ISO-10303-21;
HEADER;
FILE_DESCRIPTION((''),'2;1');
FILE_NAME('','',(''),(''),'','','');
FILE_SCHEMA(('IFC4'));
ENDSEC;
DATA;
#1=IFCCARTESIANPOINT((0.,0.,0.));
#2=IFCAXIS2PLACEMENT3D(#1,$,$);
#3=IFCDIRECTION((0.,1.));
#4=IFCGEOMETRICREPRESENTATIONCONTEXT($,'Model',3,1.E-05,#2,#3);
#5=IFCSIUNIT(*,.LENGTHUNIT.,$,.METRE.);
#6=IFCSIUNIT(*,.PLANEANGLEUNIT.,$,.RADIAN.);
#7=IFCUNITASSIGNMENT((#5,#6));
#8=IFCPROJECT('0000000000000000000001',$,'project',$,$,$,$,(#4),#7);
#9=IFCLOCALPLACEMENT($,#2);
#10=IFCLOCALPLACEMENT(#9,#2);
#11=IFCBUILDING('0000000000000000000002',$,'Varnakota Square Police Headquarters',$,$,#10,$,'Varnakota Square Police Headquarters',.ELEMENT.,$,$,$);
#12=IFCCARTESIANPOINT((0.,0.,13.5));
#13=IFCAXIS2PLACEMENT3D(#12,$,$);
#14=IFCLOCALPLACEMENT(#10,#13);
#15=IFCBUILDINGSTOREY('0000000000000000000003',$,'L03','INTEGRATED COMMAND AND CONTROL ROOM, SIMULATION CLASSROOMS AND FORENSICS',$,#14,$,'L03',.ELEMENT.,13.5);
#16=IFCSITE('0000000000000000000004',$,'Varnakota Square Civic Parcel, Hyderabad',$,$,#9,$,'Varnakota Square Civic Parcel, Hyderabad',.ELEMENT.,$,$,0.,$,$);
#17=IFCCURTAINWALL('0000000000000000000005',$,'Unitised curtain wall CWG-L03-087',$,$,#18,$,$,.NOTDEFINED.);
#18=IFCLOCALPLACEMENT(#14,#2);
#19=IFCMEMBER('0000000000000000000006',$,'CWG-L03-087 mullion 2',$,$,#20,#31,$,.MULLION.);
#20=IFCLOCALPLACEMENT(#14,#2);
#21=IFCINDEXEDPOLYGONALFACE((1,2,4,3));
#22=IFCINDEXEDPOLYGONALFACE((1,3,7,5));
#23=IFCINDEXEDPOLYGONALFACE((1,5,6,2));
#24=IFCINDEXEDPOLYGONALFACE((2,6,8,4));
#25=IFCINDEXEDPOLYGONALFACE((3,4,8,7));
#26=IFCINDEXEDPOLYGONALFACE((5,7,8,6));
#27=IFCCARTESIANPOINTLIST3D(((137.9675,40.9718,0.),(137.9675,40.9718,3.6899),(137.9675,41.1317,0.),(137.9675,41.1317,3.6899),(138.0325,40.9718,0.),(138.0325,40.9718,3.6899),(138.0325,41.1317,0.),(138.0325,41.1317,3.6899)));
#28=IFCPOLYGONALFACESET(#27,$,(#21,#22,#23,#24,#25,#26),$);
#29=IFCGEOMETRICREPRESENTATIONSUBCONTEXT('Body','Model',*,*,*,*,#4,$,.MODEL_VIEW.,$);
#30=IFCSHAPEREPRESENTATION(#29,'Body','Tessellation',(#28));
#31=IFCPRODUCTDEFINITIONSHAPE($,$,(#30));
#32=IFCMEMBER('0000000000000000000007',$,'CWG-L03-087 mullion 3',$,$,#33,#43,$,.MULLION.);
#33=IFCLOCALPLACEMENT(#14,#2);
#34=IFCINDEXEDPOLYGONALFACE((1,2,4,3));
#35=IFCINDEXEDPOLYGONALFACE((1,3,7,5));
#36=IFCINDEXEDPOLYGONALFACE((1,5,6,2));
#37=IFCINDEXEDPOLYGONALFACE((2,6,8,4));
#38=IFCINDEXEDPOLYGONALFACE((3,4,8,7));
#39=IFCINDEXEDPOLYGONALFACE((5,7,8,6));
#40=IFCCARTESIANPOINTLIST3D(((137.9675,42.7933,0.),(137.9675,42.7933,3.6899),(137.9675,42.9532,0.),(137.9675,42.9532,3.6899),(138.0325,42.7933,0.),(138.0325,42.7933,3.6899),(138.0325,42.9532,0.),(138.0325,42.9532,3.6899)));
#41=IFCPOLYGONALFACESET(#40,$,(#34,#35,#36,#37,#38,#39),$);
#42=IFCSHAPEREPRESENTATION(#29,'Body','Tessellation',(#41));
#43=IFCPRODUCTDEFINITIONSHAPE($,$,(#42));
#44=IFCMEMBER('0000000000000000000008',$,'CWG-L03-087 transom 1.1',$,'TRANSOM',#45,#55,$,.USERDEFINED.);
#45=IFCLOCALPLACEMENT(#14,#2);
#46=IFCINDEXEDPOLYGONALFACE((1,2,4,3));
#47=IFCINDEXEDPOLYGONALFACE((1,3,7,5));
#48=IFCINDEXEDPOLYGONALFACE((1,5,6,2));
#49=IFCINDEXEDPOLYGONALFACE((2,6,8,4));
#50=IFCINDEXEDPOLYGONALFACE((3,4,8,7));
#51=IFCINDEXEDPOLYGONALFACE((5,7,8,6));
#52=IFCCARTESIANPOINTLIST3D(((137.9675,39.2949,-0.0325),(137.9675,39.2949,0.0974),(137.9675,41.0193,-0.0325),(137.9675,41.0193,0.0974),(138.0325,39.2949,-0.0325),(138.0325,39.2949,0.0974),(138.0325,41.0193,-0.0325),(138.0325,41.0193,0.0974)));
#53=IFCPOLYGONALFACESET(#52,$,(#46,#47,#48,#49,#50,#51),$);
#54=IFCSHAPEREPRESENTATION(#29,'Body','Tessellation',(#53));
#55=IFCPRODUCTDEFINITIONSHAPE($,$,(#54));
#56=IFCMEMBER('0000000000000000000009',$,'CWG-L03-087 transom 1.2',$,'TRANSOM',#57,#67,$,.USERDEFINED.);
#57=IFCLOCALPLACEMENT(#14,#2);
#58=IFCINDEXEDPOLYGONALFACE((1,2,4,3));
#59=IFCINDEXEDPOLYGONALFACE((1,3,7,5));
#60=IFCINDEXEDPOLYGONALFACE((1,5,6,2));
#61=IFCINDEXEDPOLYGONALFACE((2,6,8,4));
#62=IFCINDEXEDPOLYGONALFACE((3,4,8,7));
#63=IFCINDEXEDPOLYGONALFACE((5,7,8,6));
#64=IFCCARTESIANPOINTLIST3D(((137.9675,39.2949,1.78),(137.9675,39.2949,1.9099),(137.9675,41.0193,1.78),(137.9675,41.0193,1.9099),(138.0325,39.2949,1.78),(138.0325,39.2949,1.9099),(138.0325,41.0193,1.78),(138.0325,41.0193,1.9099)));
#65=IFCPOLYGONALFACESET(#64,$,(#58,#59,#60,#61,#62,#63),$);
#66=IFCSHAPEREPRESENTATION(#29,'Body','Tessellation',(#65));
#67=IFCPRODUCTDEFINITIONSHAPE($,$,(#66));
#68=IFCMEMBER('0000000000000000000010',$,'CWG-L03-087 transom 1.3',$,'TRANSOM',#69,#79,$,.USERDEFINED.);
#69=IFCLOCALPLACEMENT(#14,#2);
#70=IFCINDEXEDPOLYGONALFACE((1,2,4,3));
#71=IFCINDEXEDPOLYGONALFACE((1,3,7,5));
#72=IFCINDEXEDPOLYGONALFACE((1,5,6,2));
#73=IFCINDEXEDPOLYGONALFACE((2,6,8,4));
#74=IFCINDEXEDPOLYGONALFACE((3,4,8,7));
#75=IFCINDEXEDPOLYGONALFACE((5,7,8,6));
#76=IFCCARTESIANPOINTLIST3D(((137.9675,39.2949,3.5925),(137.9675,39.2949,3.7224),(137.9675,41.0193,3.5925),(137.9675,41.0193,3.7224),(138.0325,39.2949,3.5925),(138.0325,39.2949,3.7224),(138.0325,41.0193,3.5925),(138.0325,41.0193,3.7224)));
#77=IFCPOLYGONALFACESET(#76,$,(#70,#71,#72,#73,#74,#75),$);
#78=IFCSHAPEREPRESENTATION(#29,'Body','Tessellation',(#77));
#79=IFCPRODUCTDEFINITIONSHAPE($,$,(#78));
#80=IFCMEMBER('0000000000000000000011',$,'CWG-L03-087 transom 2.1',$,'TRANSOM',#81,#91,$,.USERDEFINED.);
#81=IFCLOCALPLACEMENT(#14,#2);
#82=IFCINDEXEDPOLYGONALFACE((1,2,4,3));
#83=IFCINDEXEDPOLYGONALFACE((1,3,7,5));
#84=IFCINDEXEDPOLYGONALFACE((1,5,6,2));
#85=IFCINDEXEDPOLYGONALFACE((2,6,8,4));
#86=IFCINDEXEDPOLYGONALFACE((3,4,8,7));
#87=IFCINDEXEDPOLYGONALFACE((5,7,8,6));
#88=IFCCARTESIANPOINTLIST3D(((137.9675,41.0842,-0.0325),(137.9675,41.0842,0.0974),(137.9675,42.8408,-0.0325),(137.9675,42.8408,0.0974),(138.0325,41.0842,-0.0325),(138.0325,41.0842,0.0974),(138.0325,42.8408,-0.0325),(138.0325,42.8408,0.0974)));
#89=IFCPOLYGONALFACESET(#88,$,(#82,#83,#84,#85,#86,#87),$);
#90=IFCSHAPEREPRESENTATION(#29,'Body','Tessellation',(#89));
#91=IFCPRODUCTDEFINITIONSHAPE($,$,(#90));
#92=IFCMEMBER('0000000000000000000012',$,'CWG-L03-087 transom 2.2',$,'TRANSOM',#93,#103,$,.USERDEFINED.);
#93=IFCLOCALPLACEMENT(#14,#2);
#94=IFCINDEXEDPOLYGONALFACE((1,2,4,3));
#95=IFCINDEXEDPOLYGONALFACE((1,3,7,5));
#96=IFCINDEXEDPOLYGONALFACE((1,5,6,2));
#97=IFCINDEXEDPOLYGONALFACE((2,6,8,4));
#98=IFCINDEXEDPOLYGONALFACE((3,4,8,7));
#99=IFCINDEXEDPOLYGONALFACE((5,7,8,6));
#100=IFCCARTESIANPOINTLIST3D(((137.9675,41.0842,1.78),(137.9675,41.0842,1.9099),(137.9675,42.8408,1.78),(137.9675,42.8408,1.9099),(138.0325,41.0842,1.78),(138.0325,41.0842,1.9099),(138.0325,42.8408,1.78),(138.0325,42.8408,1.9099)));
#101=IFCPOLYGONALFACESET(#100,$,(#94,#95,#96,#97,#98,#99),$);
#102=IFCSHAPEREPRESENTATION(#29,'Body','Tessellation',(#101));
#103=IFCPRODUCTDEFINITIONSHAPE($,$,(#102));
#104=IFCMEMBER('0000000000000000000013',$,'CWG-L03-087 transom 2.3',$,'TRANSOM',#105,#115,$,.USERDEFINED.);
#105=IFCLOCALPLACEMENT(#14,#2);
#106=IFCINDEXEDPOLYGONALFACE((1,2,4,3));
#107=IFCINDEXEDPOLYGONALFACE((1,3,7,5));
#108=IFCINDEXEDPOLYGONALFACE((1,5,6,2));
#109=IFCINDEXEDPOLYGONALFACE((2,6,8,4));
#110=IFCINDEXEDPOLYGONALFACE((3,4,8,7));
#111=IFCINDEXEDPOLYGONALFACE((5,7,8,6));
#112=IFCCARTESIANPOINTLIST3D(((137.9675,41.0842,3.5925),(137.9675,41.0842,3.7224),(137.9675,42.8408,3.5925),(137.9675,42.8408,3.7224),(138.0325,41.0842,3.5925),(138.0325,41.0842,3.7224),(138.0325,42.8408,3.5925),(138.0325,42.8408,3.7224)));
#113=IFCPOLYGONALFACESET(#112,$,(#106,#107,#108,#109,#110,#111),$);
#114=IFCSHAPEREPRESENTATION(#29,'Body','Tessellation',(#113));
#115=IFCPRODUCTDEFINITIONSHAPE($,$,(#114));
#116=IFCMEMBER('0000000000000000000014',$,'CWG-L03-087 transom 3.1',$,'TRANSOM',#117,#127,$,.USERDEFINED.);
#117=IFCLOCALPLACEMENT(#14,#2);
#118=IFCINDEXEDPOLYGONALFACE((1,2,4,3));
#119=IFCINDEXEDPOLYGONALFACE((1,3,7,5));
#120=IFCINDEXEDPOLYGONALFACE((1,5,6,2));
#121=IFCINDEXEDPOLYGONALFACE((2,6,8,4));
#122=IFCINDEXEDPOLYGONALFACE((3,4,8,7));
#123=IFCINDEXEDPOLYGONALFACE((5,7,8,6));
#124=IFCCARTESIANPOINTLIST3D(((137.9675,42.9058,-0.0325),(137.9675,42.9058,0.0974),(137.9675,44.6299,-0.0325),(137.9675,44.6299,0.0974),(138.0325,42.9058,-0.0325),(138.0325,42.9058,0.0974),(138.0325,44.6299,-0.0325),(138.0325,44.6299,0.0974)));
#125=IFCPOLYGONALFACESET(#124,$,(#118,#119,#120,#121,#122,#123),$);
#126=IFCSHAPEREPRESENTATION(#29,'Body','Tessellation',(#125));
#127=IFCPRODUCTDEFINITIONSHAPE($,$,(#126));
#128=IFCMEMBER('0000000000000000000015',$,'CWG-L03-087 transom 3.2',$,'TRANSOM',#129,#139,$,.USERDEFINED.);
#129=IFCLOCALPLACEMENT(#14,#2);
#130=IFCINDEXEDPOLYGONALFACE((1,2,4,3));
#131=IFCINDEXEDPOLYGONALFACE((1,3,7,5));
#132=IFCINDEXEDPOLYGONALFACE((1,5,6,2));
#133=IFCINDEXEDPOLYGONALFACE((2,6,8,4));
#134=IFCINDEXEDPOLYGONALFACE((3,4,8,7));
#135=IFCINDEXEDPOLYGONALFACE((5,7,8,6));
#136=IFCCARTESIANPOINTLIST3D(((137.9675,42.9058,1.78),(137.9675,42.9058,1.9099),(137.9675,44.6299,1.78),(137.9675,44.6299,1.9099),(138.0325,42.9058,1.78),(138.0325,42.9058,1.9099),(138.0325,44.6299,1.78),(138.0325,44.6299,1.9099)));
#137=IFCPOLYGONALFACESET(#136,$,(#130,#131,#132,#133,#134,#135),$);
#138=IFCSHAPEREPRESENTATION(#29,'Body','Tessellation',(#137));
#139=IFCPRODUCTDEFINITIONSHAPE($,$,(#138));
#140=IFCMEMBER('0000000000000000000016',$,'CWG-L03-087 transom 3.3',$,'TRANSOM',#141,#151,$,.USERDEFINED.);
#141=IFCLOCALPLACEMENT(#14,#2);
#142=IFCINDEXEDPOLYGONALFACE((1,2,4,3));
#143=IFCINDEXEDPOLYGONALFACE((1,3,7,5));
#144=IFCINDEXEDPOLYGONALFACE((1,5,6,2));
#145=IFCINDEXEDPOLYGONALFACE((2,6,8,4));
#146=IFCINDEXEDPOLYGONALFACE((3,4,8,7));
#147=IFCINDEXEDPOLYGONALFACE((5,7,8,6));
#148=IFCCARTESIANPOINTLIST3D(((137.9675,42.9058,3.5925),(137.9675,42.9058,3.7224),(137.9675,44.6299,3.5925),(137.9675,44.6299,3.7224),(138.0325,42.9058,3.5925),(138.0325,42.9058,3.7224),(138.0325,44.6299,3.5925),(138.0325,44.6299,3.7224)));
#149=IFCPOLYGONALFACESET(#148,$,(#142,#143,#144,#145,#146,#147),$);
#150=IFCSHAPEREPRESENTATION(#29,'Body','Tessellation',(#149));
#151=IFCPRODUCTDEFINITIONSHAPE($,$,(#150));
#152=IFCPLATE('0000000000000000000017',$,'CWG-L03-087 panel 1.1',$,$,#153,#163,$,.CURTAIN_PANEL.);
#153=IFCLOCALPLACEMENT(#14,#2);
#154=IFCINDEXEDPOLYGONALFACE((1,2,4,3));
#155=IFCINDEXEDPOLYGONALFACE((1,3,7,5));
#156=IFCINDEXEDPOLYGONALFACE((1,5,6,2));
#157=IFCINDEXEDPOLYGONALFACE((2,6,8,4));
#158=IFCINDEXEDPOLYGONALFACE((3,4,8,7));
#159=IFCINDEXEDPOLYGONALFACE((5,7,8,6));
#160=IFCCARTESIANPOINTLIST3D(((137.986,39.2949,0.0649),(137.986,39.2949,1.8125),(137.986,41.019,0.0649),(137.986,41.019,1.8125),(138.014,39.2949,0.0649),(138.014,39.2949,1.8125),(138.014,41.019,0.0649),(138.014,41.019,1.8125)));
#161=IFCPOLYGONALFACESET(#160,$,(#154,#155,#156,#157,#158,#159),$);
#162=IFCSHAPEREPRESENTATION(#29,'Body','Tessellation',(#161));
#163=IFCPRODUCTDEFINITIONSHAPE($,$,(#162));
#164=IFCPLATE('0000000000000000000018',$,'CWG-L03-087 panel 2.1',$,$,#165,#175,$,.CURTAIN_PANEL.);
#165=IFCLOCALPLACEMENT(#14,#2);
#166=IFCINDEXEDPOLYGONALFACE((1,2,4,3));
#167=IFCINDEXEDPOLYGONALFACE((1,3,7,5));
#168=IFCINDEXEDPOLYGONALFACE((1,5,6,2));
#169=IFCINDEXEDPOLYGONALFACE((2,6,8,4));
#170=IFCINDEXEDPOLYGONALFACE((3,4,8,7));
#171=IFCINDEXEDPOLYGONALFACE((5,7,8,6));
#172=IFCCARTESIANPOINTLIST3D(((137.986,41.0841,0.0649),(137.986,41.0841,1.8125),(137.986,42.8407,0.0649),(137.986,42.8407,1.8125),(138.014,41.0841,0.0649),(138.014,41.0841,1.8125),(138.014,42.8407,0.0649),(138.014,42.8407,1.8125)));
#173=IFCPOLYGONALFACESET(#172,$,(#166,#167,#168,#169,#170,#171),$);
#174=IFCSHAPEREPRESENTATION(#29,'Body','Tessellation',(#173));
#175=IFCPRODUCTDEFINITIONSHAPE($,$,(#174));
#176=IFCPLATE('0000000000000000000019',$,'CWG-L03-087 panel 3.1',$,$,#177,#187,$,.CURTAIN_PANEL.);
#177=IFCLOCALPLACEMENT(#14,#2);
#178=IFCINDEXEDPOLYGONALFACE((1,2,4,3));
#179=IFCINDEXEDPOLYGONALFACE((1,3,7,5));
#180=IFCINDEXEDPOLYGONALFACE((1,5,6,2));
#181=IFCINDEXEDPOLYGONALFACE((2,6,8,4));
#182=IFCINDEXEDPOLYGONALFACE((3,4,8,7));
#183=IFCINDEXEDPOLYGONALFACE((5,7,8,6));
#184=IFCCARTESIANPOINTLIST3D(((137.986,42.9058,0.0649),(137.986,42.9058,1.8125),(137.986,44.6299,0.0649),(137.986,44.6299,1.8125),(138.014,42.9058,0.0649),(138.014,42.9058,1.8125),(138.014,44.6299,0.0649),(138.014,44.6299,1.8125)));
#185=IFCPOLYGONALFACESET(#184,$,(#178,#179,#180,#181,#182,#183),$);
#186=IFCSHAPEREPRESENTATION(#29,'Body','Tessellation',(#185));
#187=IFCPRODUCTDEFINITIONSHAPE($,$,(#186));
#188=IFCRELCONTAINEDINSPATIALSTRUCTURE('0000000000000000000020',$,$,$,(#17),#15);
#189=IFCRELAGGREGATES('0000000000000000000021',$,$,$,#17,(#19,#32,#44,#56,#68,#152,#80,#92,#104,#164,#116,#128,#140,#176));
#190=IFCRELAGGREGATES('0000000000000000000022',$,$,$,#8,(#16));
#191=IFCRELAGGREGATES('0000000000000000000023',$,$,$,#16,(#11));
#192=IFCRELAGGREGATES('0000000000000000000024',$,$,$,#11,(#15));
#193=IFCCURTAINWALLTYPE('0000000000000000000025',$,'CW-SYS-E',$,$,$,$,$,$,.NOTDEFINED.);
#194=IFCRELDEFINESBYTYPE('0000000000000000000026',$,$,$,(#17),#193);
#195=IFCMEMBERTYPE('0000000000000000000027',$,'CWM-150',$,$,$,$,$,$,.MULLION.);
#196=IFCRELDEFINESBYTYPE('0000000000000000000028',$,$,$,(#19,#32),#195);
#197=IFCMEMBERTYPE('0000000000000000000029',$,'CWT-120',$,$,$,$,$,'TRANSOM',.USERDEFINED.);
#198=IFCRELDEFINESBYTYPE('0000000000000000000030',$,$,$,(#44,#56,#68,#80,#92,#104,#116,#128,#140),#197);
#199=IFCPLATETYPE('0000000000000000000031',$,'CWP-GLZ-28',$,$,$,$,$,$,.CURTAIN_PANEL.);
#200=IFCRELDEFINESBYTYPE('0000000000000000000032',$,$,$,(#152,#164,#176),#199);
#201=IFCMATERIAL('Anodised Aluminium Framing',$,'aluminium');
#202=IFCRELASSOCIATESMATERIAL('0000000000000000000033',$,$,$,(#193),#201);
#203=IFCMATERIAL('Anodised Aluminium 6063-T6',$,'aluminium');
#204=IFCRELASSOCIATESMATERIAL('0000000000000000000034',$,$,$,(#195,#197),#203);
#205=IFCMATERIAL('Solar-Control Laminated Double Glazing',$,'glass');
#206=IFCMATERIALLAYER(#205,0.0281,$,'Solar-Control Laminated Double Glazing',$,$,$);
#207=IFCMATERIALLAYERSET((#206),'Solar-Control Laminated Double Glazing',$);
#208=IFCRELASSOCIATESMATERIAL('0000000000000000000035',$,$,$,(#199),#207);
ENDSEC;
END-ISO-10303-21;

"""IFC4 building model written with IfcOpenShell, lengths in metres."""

from ifc_helpers import new_model, si_unit, direction, frame, origin, origin_2d, place, context, subcontext, project, spatial, rectangle, extrude, material, layer, layer_set, material_profile, profile_set, type_object, element, aggregate, save


model = new_model("IFC4")

# Units and contexts
model_context = context("Model", 3, precision=1e-05, world=origin(), true_north=direction((0.0, 1.0)))
body_context = subcontext(model_context, "Body", "Model", "MODEL_VIEW")
ifc_project = project(units=[si_unit("LENGTHUNIT", "METRE"), si_unit("PLANEANGLEUNIT", "RADIAN")], contexts=[model_context])

# Site, building, storey
site_placement = place(None, origin())
site = spatial("IfcSite", under=ifc_project, at=site_placement, Name="Varnakota Square Civic Parcel, Hyderabad", LongName="Varnakota Square Civic Parcel, Hyderabad", CompositionType="ELEMENT", RefElevation=0.0)
building_placement = place(site_placement, origin())
building = spatial("IfcBuilding", under=site, at=building_placement, Name="Varnakota Square Police Headquarters", LongName="Varnakota Square Police Headquarters", CompositionType="ELEMENT")
storey_placement = place(building_placement, frame((0.0, 0.0, 13.5)))
storey = spatial("IfcBuildingStorey", under=building, at=storey_placement, Name="L03", Description="INTEGRATED COMMAND AND CONTROL ROOM, SIMULATION CLASSROOMS AND FORENSICS", LongName="L03", CompositionType="ELEMENT", Elevation=13.5)

# Curtain wall, members, plates
ifc_material_1 = material(Name="Anodised Aluminium Framing", Category="aluminium")
curtain_wall_type = type_object("IfcCurtainWallType", Name="CW-SYS-E", PredefinedType="NOTDEFINED", material=ifc_material_1)
curtain_wall_placement = place(storey_placement, origin())
curtain_wall = element("IfcCurtainWall", 1, at=curtain_wall_placement, inside=storey, type_object=curtain_wall_type, Name="Unitised curtain wall CWG-L03-087", PredefinedType="NOTDEFINED")
ifc_material_2 = material(Name="Anodised Aluminium 6063-T6", Category="aluminium")
ifc_material_profile_1 = material_profile(ifc_material_2, rectangle(XDim=0.0649, YDim=0.1599, at=origin_2d()), Name="ALU MULLION 65x160")
ifc_profile_set_1 = profile_set([ifc_material_profile_1], Name="Anodised Aluminium 6063-T6")
member_type_1 = type_object("IfcMemberType", Name="CWM-150", PredefinedType="MULLION", material=ifc_profile_set_1)
member_1_placement = place(storey_placement, frame((138.0, 41.0518, 0.0), z_axis=(0.0, 0.0, 1.0), x_axis=(-1.0, 0.0, 0.0)))
member_1 = element("IfcMember", 2, at=member_1_placement, type_object=member_type_1, Name="CWG-L03-087 mullion 2", PredefinedType="MULLION", context=body_context, shape_type="SweptSolid", body=[
    extrude(rectangle(XDim=0.0649, YDim=0.1599, at=origin_2d()), origin(), (0.0, 0.0, 1.0), 3.6899),
])
member_2_placement = place(storey_placement, frame((138.0, 42.8733, 0.0), z_axis=(0.0, 0.0, 1.0), x_axis=(-1.0, 0.0, 0.0)))
member_2 = element("IfcMember", 3, at=member_2_placement, type_object=member_type_1, Name="CWG-L03-087 mullion 3", PredefinedType="MULLION", context=body_context, shape_type="SweptSolid", body=[
    extrude(rectangle(XDim=0.0649, YDim=0.1599, at=origin_2d()), origin(), (0.0, 0.0, 1.0), 3.6899),
])
ifc_material_profile_2 = material_profile(ifc_material_2, rectangle(XDim=0.0649, YDim=0.1299, at=origin_2d()), Name="ALU TRANSOM 65x130")
ifc_profile_set_2 = profile_set([ifc_material_profile_2], Name="Anodised Aluminium 6063-T6")
member_type_2 = type_object("IfcMemberType", Name="CWT-120", ElementType="TRANSOM", PredefinedType="USERDEFINED", material=ifc_profile_set_2)
member_3_placement = place(storey_placement, frame((138.0, 39.2949, 0.0325), z_axis=(0.0, 1.0, 0.0), x_axis=(-1.0, 0.0, 0.0)))
member_3 = element("IfcMember", 4, at=member_3_placement, type_object=member_type_2, Name="CWG-L03-087 transom 1.1", ObjectType="TRANSOM", PredefinedType="USERDEFINED", context=body_context, shape_type="SweptSolid", body=[
    extrude(rectangle(XDim=0.0649, YDim=0.1299, at=origin_2d()), origin(), (0.0, 0.0, 1.0), 1.7244),
])
member_4_placement = place(storey_placement, frame((138.0, 39.2949, 1.845), z_axis=(0.0, 1.0, 0.0), x_axis=(-1.0, 0.0, 0.0)))
member_4 = element("IfcMember", 5, at=member_4_placement, type_object=member_type_2, Name="CWG-L03-087 transom 1.2", ObjectType="TRANSOM", PredefinedType="USERDEFINED", context=body_context, shape_type="SweptSolid", body=[
    extrude(rectangle(XDim=0.0649, YDim=0.1299, at=origin_2d()), origin(), (0.0, 0.0, 1.0), 1.7244),
])
member_5_placement = place(storey_placement, frame((138.0, 39.2949, 3.6575), z_axis=(0.0, 1.0, 0.0), x_axis=(-1.0, 0.0, 0.0)))
member_5 = element("IfcMember", 6, at=member_5_placement, type_object=member_type_2, Name="CWG-L03-087 transom 1.3", ObjectType="TRANSOM", PredefinedType="USERDEFINED", context=body_context, shape_type="SweptSolid", body=[
    extrude(rectangle(XDim=0.0649, YDim=0.1299, at=origin_2d()), origin(), (0.0, 0.0, 1.0), 1.7244),
])
member_6_placement = place(storey_placement, frame((138.0, 41.0842, 0.0325), z_axis=(0.0, 1.0, 0.0), x_axis=(-1.0, 0.0, 0.0)))
member_6 = element("IfcMember", 7, at=member_6_placement, type_object=member_type_2, Name="CWG-L03-087 transom 2.1", ObjectType="TRANSOM", PredefinedType="USERDEFINED", context=body_context, shape_type="SweptSolid", body=[
    extrude(rectangle(XDim=0.0649, YDim=0.1299, at=origin_2d()), origin(), (0.0, 0.0, 1.0), 1.7566),
])
member_7_placement = place(storey_placement, frame((138.0, 41.0842, 1.845), z_axis=(0.0, 1.0, 0.0), x_axis=(-1.0, 0.0, 0.0)))
member_7 = element("IfcMember", 8, at=member_7_placement, type_object=member_type_2, Name="CWG-L03-087 transom 2.2", ObjectType="TRANSOM", PredefinedType="USERDEFINED", context=body_context, shape_type="SweptSolid", body=[
    extrude(rectangle(XDim=0.0649, YDim=0.1299, at=origin_2d()), origin(), (0.0, 0.0, 1.0), 1.7566),
])
member_8_placement = place(storey_placement, frame((138.0, 41.0842, 3.6575), z_axis=(0.0, 1.0, 0.0), x_axis=(-1.0, 0.0, 0.0)))
member_8 = element("IfcMember", 9, at=member_8_placement, type_object=member_type_2, Name="CWG-L03-087 transom 2.3", ObjectType="TRANSOM", PredefinedType="USERDEFINED", context=body_context, shape_type="SweptSolid", body=[
    extrude(rectangle(XDim=0.0649, YDim=0.1299, at=origin_2d()), origin(), (0.0, 0.0, 1.0), 1.7566),
])
member_9_placement = place(storey_placement, frame((138.0, 42.9058, 0.0325), z_axis=(0.0, 1.0, 0.0), x_axis=(-1.0, 0.0, 0.0)))
member_9 = element("IfcMember", 10, at=member_9_placement, type_object=member_type_2, Name="CWG-L03-087 transom 3.1", ObjectType="TRANSOM", PredefinedType="USERDEFINED", context=body_context, shape_type="SweptSolid", body=[
    extrude(rectangle(XDim=0.0649, YDim=0.1299, at=origin_2d()), origin(), (0.0, 0.0, 1.0), 1.7241),
])
member_10_placement = place(storey_placement, frame((138.0, 42.9058, 1.845), z_axis=(0.0, 1.0, 0.0), x_axis=(-1.0, 0.0, 0.0)))
member_10 = element("IfcMember", 11, at=member_10_placement, type_object=member_type_2, Name="CWG-L03-087 transom 3.2", ObjectType="TRANSOM", PredefinedType="USERDEFINED", context=body_context, shape_type="SweptSolid", body=[
    extrude(rectangle(XDim=0.0649, YDim=0.1299, at=origin_2d()), origin(), (0.0, 0.0, 1.0), 1.7241),
])
member_11_placement = place(storey_placement, frame((138.0, 42.9058, 3.6575), z_axis=(0.0, 1.0, 0.0), x_axis=(-1.0, 0.0, 0.0)))
member_11 = element("IfcMember", 12, at=member_11_placement, type_object=member_type_2, Name="CWG-L03-087 transom 3.3", ObjectType="TRANSOM", PredefinedType="USERDEFINED", context=body_context, shape_type="SweptSolid", body=[
    extrude(rectangle(XDim=0.0649, YDim=0.1299, at=origin_2d()), origin(), (0.0, 0.0, 1.0), 1.7241),
])
ifc_material_3 = material(Name="Solar-Control Laminated Double Glazing", Category="glass")
ifc_layer_1 = layer(ifc_material_3, 0.0281, Name="Solar-Control Laminated Double Glazing")
ifc_layer_set_1 = layer_set([ifc_layer_1], Name="Solar-Control Laminated Double Glazing")
plate_type_1 = type_object("IfcPlateType", Name="CWP-GLZ-28", PredefinedType="CURTAIN_PANEL", material=ifc_layer_set_1)
plate_1_placement = place(storey_placement, frame((138.0, 40.157, 0.0649), z_axis=(0.0, 0.0, 1.0), x_axis=(0.0, 1.0, 0.0)))
plate_1 = element("IfcPlate", 13, at=plate_1_placement, type_object=plate_type_1, Name="CWG-L03-087 panel 1.1", PredefinedType="CURTAIN_PANEL", context=body_context, shape_type="SweptSolid", body=[
    extrude(rectangle(XDim=1.7241, YDim=0.0281, at=origin_2d()), origin(), (0.0, 0.0, 1.0), 1.7476),
])
plate_2_placement = place(storey_placement, frame((138.0, 41.9624, 0.0649), z_axis=(0.0, 0.0, 1.0), x_axis=(0.0, 1.0, 0.0)))
plate_2 = element("IfcPlate", 14, at=plate_2_placement, type_object=plate_type_1, Name="CWG-L03-087 panel 2.1", PredefinedType="CURTAIN_PANEL", context=body_context, shape_type="SweptSolid", body=[
    extrude(rectangle(XDim=1.7566, YDim=0.0281, at=origin_2d()), origin(), (0.0, 0.0, 1.0), 1.7476),
])
plate_3_placement = place(storey_placement, frame((138.0, 43.7678, 0.0649), z_axis=(0.0, 0.0, 1.0), x_axis=(0.0, 1.0, 0.0)))
plate_3 = element("IfcPlate", 15, at=plate_3_placement, type_object=plate_type_1, Name="CWG-L03-087 panel 3.1", PredefinedType="CURTAIN_PANEL", context=body_context, shape_type="SweptSolid", body=[
    extrude(rectangle(XDim=1.7241, YDim=0.0281, at=origin_2d()), origin(), (0.0, 0.0, 1.0), 1.7476),
])
aggregate(curtain_wall, [member_1, member_2, member_3, member_4, member_5, plate_1, member_6, member_7, member_8, plate_2, member_9, member_10, member_11, plate_3])

save(model, "model.ifc")
